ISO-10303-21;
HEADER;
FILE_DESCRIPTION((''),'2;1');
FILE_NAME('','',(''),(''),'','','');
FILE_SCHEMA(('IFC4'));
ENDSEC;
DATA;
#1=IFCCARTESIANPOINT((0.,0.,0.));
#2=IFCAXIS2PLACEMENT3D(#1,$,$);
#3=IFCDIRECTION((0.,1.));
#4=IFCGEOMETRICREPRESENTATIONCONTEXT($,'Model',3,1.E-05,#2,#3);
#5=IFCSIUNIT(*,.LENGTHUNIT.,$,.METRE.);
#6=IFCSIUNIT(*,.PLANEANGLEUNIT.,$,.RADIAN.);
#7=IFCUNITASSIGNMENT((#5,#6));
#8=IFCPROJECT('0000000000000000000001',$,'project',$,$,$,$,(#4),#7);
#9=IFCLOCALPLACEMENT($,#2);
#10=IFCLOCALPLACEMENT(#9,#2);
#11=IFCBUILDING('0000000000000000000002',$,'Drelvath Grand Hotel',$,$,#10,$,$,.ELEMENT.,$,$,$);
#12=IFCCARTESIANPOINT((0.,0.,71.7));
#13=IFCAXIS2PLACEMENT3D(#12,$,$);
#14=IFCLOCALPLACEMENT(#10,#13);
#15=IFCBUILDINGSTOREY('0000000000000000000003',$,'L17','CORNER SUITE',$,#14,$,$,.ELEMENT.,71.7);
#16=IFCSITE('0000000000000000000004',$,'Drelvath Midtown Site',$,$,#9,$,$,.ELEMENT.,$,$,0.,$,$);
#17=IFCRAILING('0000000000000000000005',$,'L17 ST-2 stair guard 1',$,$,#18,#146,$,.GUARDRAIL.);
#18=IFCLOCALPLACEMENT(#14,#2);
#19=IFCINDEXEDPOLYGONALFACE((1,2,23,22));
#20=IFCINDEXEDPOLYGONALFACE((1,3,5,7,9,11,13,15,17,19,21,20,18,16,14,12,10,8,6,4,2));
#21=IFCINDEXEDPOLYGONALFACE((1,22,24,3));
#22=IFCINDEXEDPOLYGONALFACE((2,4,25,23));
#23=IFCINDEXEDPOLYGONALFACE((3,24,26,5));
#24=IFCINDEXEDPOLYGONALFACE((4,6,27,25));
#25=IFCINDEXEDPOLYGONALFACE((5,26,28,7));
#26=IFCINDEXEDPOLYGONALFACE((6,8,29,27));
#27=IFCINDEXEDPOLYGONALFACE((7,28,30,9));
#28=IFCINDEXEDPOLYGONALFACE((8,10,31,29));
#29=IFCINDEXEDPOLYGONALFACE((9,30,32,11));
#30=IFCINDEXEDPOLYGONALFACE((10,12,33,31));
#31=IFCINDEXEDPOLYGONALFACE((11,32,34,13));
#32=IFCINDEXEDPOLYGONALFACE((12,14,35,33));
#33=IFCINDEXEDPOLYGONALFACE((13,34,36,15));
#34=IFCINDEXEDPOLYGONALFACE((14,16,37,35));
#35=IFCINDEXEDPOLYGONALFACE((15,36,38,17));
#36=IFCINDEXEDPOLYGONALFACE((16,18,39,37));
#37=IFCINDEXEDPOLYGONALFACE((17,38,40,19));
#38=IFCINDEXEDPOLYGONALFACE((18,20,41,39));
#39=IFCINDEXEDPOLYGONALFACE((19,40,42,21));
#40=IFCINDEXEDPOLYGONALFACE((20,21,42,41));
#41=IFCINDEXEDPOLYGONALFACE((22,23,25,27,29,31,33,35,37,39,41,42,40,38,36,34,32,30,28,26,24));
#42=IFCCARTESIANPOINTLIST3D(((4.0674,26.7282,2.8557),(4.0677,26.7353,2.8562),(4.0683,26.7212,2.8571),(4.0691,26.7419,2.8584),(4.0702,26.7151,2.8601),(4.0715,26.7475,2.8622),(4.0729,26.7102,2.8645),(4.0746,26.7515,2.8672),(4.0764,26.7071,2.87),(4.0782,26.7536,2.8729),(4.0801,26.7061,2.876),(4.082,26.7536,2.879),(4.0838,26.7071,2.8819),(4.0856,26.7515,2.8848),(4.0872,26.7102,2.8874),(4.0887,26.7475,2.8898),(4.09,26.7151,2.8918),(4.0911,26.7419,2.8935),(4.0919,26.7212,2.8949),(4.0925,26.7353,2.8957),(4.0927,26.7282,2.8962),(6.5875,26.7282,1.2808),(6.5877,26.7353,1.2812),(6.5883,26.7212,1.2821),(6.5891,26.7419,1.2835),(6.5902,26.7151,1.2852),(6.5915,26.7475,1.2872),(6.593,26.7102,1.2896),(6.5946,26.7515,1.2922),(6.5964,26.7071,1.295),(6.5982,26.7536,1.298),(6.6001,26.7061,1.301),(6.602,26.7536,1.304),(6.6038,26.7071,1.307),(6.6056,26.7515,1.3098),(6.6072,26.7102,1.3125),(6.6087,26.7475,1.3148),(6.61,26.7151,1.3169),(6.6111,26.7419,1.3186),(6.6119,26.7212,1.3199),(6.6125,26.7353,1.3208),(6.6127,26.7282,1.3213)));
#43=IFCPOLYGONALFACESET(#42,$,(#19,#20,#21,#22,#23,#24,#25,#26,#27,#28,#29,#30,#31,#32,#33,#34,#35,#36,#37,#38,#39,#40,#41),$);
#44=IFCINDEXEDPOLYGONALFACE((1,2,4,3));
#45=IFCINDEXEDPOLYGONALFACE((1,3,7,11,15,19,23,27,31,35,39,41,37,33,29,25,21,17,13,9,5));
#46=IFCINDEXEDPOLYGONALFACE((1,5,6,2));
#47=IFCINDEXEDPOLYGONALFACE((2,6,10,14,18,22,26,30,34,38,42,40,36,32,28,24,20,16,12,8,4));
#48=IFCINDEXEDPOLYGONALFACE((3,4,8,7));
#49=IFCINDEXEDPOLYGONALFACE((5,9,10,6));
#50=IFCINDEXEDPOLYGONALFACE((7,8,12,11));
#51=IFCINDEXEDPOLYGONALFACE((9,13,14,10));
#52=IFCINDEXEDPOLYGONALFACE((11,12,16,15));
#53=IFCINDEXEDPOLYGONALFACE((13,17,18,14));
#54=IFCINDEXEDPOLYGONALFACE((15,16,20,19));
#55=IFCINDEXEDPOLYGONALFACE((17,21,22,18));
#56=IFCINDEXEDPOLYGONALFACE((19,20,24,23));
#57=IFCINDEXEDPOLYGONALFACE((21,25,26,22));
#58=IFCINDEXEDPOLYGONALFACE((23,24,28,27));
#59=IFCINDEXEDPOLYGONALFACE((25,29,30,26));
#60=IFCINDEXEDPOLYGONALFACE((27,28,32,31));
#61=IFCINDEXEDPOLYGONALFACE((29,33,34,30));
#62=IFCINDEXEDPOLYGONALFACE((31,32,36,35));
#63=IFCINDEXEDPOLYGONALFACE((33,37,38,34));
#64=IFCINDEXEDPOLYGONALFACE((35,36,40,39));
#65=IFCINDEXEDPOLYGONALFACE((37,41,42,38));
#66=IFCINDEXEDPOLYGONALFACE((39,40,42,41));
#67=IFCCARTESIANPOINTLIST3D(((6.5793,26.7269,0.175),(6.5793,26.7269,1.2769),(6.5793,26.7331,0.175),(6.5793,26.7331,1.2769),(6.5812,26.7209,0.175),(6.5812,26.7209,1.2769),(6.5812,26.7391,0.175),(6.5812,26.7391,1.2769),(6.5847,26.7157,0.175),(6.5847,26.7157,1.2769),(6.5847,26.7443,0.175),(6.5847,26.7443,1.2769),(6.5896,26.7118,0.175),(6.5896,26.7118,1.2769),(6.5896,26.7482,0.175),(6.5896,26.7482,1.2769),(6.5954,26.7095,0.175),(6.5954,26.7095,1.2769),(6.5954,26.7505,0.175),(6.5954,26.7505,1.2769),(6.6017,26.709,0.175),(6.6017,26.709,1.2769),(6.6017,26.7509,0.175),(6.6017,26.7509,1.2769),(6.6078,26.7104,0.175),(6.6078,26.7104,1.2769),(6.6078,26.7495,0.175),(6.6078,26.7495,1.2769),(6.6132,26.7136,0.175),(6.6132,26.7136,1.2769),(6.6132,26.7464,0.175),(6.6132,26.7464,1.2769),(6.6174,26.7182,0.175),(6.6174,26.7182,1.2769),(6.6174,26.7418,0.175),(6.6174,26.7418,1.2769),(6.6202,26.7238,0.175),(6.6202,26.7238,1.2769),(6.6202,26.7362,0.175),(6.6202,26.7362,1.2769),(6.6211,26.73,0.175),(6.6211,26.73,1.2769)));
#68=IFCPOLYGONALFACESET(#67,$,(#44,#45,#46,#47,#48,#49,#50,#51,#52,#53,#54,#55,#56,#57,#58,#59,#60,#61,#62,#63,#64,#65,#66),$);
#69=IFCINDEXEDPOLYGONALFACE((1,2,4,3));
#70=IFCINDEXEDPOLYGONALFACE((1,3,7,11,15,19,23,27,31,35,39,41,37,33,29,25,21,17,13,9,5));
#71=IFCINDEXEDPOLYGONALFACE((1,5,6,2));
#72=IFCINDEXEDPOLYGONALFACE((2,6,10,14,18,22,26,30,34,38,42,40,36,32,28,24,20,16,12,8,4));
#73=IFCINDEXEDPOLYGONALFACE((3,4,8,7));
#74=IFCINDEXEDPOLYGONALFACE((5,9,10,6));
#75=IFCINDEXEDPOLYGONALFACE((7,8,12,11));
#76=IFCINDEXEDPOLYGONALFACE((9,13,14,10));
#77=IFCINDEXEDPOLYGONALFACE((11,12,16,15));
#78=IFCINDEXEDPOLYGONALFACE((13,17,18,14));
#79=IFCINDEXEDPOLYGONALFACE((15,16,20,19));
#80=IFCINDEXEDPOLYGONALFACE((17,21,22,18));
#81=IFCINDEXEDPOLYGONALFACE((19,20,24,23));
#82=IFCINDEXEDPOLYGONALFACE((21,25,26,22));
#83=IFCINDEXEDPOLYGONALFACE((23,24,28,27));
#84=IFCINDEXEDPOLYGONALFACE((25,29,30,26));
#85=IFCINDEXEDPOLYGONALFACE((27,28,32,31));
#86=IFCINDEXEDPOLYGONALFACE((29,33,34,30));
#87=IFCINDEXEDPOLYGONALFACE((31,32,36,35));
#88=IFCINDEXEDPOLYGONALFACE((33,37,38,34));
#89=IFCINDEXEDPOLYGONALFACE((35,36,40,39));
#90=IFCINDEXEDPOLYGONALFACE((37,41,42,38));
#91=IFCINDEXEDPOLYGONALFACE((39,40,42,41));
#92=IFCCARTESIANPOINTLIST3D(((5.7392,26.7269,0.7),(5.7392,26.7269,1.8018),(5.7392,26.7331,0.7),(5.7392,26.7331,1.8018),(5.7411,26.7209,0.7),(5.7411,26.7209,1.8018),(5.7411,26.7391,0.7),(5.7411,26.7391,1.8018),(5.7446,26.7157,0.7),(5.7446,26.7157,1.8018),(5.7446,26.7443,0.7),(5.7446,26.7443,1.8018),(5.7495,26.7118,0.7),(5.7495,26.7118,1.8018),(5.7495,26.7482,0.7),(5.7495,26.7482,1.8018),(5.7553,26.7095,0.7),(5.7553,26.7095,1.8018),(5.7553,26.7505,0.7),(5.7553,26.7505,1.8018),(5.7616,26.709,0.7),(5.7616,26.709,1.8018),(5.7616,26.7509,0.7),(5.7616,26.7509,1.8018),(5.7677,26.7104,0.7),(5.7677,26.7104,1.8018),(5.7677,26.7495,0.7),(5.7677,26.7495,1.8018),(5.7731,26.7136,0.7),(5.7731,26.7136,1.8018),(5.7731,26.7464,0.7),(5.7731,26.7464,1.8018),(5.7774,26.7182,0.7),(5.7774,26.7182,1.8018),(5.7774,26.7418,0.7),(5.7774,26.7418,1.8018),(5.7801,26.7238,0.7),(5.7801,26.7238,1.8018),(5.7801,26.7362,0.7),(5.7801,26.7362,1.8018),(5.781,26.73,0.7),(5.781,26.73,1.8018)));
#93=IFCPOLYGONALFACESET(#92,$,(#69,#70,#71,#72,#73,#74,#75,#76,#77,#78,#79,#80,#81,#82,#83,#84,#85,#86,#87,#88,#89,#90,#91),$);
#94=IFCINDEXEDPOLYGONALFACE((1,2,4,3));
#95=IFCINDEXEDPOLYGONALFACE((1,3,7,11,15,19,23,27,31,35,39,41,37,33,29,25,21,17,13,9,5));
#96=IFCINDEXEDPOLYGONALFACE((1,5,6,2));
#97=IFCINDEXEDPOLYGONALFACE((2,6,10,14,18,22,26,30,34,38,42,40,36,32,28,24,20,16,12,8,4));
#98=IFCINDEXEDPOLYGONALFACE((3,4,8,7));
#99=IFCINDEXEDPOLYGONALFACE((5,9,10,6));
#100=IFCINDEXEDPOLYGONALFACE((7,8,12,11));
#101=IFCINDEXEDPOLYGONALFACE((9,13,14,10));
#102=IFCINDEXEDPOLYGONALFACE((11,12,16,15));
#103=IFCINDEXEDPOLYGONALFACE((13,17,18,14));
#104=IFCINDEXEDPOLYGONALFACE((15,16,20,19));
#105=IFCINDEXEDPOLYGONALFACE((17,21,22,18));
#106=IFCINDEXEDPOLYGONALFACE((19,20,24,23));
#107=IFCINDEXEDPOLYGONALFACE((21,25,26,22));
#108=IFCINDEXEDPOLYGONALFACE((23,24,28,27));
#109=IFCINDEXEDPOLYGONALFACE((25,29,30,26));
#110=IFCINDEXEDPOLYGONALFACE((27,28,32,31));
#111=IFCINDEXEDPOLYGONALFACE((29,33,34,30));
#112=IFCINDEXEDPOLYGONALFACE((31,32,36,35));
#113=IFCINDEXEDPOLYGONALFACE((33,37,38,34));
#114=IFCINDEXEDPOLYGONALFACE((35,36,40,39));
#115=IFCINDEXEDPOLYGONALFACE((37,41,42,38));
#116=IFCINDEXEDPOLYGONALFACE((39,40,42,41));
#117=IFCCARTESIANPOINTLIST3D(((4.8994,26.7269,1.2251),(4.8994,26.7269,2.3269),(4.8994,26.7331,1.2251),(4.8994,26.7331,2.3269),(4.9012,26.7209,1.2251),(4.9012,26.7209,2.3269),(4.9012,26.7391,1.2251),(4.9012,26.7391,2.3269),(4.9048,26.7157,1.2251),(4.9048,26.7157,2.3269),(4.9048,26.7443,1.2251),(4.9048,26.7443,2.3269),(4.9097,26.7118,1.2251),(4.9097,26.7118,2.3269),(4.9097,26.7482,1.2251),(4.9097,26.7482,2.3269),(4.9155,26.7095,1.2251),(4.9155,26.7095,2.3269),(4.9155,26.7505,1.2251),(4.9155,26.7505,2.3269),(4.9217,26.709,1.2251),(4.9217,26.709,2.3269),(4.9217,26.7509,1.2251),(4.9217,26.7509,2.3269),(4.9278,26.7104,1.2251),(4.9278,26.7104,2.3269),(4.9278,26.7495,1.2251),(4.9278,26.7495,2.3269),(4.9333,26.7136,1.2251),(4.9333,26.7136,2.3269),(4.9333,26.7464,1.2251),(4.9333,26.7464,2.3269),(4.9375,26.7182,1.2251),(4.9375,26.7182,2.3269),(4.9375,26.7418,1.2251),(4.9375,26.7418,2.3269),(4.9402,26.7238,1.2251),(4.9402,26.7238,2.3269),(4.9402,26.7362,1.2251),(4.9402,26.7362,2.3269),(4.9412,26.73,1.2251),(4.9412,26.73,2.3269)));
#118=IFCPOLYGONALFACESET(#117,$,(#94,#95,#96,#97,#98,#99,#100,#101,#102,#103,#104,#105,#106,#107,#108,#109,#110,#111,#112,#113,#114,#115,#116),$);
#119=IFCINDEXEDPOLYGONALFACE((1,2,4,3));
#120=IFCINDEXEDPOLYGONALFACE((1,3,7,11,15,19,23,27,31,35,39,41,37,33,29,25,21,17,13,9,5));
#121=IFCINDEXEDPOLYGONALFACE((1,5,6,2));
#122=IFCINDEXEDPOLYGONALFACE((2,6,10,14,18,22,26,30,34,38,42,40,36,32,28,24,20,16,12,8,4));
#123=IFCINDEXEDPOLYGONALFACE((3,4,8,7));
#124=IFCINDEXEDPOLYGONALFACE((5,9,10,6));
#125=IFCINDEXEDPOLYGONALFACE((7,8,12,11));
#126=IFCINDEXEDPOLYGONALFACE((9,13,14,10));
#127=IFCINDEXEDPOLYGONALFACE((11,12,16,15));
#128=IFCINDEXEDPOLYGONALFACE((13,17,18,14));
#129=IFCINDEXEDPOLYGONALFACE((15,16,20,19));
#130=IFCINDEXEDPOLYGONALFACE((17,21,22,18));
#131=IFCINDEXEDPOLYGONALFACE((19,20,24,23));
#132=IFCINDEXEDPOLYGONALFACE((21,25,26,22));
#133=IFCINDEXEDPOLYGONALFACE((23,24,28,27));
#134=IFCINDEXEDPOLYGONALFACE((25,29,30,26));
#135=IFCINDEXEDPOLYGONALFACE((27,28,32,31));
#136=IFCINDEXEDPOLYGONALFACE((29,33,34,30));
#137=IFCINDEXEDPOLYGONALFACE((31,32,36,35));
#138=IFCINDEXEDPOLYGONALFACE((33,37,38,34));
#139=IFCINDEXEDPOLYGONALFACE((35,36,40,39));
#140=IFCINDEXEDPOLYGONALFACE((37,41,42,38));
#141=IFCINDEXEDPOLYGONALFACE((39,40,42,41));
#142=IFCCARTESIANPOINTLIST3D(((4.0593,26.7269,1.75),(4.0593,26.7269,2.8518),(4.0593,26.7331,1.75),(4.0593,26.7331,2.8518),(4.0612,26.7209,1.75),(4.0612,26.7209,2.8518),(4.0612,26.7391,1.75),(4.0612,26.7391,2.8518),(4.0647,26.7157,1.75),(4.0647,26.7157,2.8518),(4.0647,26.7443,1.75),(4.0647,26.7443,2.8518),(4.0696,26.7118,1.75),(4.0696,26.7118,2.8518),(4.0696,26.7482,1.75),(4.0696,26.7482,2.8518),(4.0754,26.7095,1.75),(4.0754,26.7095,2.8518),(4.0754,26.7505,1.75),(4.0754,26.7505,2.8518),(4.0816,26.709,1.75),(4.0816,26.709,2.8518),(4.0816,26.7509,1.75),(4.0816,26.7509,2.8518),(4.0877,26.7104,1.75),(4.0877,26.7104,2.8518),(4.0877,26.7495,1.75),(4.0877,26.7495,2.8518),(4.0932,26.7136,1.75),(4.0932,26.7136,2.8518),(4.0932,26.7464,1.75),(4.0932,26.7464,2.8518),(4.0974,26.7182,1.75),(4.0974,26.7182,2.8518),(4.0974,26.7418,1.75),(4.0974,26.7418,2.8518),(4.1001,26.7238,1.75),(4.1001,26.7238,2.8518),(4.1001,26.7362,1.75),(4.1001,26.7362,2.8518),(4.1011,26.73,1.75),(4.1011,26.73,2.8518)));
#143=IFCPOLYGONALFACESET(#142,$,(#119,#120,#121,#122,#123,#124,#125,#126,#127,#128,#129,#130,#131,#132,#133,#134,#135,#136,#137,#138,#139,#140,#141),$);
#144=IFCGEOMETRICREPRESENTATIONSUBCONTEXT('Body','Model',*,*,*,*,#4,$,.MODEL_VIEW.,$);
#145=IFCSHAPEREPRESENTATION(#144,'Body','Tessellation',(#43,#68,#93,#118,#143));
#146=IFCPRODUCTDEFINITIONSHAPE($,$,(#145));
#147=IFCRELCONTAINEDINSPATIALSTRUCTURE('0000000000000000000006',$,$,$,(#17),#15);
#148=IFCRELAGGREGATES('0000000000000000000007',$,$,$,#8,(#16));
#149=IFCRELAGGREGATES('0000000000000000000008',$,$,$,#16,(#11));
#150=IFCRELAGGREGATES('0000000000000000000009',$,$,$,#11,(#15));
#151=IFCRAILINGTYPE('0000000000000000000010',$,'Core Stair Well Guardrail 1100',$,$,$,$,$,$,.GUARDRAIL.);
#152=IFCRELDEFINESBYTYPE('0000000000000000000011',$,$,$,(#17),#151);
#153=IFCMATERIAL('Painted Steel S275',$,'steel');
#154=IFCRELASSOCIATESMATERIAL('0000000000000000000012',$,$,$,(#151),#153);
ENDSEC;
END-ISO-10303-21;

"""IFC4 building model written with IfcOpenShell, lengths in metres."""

from ifc_helpers import new_model, si_unit, direction, frame, origin, origin_2d, place, context, subcontext, project, spatial, circle, extrude, material, type_object, element, save


model = new_model("IFC4")

# Units and contexts
model_context = context("Model", 3, precision=1e-05, world=origin(), true_north=direction((0.0, 1.0)))
body_context = subcontext(model_context, "Body", "Model", "MODEL_VIEW")
ifc_project = project(units=[si_unit("LENGTHUNIT", "METRE"), si_unit("PLANEANGLEUNIT", "RADIAN")], contexts=[model_context])

# Site, building, storey
site_placement = place(None, origin())
site = spatial("IfcSite", under=ifc_project, at=site_placement, Name="Drelvath Midtown Site", CompositionType="ELEMENT", RefElevation=0.0)
building_placement = place(site_placement, origin())
building = spatial("IfcBuilding", under=site, at=building_placement, Name="Drelvath Grand Hotel", CompositionType="ELEMENT")
storey_placement = place(building_placement, frame((0.0, 0.0, 71.7)))
storey = spatial("IfcBuildingStorey", under=building, at=storey_placement, Name="L17", Description="CORNER SUITE", CompositionType="ELEMENT", Elevation=71.7)

# Shared definitions
ifc_material_1 = material(Name="Painted Steel S275", Category="steel")

# Railing
railing_type_1 = type_object("IfcRailingType", Name="Core Stair Well Guardrail 1100", PredefinedType="GUARDRAIL", material=ifc_material_1)
railing_1_placement = place(storey_placement, frame((6.6001, 26.73, 0.175)))
element("IfcRailing", 1, at=railing_1_placement, inside=storey, type_object=railing_type_1, Name="L17 ST-2 stair guard 1", PredefinedType="GUARDRAIL", context=body_context, shape_type="SweptSolid", body=[
    extrude(circle(Radius=0.0239, at=origin_2d()), frame((0.0, 0.0, 1.126), z_axis=(-0.848008, 0.0, 0.529984), x_axis=(0.0, -1.0, 0.0)), (0.0, 0.0, 1.0), 2.9717),
    extrude(circle(Radius=0.021, at=origin_2d()), origin(), (0.0, 0.0, 1.0), 1.1018),
    extrude(circle(Radius=0.021, at=origin_2d()), frame((-0.8401, 0.0, 0.5249)), (0.0, 0.0, 1.0), 1.1018),
    extrude(circle(Radius=0.021, at=origin_2d()), frame((-1.6799, 0.0, 1.05)), (0.0, 0.0, 1.0), 1.1018),
    extrude(circle(Radius=0.021, at=origin_2d()), frame((-2.52, 0.0, 1.575)), (0.0, 0.0, 1.0), 1.1018),
])

save(model, "model.ifc")
